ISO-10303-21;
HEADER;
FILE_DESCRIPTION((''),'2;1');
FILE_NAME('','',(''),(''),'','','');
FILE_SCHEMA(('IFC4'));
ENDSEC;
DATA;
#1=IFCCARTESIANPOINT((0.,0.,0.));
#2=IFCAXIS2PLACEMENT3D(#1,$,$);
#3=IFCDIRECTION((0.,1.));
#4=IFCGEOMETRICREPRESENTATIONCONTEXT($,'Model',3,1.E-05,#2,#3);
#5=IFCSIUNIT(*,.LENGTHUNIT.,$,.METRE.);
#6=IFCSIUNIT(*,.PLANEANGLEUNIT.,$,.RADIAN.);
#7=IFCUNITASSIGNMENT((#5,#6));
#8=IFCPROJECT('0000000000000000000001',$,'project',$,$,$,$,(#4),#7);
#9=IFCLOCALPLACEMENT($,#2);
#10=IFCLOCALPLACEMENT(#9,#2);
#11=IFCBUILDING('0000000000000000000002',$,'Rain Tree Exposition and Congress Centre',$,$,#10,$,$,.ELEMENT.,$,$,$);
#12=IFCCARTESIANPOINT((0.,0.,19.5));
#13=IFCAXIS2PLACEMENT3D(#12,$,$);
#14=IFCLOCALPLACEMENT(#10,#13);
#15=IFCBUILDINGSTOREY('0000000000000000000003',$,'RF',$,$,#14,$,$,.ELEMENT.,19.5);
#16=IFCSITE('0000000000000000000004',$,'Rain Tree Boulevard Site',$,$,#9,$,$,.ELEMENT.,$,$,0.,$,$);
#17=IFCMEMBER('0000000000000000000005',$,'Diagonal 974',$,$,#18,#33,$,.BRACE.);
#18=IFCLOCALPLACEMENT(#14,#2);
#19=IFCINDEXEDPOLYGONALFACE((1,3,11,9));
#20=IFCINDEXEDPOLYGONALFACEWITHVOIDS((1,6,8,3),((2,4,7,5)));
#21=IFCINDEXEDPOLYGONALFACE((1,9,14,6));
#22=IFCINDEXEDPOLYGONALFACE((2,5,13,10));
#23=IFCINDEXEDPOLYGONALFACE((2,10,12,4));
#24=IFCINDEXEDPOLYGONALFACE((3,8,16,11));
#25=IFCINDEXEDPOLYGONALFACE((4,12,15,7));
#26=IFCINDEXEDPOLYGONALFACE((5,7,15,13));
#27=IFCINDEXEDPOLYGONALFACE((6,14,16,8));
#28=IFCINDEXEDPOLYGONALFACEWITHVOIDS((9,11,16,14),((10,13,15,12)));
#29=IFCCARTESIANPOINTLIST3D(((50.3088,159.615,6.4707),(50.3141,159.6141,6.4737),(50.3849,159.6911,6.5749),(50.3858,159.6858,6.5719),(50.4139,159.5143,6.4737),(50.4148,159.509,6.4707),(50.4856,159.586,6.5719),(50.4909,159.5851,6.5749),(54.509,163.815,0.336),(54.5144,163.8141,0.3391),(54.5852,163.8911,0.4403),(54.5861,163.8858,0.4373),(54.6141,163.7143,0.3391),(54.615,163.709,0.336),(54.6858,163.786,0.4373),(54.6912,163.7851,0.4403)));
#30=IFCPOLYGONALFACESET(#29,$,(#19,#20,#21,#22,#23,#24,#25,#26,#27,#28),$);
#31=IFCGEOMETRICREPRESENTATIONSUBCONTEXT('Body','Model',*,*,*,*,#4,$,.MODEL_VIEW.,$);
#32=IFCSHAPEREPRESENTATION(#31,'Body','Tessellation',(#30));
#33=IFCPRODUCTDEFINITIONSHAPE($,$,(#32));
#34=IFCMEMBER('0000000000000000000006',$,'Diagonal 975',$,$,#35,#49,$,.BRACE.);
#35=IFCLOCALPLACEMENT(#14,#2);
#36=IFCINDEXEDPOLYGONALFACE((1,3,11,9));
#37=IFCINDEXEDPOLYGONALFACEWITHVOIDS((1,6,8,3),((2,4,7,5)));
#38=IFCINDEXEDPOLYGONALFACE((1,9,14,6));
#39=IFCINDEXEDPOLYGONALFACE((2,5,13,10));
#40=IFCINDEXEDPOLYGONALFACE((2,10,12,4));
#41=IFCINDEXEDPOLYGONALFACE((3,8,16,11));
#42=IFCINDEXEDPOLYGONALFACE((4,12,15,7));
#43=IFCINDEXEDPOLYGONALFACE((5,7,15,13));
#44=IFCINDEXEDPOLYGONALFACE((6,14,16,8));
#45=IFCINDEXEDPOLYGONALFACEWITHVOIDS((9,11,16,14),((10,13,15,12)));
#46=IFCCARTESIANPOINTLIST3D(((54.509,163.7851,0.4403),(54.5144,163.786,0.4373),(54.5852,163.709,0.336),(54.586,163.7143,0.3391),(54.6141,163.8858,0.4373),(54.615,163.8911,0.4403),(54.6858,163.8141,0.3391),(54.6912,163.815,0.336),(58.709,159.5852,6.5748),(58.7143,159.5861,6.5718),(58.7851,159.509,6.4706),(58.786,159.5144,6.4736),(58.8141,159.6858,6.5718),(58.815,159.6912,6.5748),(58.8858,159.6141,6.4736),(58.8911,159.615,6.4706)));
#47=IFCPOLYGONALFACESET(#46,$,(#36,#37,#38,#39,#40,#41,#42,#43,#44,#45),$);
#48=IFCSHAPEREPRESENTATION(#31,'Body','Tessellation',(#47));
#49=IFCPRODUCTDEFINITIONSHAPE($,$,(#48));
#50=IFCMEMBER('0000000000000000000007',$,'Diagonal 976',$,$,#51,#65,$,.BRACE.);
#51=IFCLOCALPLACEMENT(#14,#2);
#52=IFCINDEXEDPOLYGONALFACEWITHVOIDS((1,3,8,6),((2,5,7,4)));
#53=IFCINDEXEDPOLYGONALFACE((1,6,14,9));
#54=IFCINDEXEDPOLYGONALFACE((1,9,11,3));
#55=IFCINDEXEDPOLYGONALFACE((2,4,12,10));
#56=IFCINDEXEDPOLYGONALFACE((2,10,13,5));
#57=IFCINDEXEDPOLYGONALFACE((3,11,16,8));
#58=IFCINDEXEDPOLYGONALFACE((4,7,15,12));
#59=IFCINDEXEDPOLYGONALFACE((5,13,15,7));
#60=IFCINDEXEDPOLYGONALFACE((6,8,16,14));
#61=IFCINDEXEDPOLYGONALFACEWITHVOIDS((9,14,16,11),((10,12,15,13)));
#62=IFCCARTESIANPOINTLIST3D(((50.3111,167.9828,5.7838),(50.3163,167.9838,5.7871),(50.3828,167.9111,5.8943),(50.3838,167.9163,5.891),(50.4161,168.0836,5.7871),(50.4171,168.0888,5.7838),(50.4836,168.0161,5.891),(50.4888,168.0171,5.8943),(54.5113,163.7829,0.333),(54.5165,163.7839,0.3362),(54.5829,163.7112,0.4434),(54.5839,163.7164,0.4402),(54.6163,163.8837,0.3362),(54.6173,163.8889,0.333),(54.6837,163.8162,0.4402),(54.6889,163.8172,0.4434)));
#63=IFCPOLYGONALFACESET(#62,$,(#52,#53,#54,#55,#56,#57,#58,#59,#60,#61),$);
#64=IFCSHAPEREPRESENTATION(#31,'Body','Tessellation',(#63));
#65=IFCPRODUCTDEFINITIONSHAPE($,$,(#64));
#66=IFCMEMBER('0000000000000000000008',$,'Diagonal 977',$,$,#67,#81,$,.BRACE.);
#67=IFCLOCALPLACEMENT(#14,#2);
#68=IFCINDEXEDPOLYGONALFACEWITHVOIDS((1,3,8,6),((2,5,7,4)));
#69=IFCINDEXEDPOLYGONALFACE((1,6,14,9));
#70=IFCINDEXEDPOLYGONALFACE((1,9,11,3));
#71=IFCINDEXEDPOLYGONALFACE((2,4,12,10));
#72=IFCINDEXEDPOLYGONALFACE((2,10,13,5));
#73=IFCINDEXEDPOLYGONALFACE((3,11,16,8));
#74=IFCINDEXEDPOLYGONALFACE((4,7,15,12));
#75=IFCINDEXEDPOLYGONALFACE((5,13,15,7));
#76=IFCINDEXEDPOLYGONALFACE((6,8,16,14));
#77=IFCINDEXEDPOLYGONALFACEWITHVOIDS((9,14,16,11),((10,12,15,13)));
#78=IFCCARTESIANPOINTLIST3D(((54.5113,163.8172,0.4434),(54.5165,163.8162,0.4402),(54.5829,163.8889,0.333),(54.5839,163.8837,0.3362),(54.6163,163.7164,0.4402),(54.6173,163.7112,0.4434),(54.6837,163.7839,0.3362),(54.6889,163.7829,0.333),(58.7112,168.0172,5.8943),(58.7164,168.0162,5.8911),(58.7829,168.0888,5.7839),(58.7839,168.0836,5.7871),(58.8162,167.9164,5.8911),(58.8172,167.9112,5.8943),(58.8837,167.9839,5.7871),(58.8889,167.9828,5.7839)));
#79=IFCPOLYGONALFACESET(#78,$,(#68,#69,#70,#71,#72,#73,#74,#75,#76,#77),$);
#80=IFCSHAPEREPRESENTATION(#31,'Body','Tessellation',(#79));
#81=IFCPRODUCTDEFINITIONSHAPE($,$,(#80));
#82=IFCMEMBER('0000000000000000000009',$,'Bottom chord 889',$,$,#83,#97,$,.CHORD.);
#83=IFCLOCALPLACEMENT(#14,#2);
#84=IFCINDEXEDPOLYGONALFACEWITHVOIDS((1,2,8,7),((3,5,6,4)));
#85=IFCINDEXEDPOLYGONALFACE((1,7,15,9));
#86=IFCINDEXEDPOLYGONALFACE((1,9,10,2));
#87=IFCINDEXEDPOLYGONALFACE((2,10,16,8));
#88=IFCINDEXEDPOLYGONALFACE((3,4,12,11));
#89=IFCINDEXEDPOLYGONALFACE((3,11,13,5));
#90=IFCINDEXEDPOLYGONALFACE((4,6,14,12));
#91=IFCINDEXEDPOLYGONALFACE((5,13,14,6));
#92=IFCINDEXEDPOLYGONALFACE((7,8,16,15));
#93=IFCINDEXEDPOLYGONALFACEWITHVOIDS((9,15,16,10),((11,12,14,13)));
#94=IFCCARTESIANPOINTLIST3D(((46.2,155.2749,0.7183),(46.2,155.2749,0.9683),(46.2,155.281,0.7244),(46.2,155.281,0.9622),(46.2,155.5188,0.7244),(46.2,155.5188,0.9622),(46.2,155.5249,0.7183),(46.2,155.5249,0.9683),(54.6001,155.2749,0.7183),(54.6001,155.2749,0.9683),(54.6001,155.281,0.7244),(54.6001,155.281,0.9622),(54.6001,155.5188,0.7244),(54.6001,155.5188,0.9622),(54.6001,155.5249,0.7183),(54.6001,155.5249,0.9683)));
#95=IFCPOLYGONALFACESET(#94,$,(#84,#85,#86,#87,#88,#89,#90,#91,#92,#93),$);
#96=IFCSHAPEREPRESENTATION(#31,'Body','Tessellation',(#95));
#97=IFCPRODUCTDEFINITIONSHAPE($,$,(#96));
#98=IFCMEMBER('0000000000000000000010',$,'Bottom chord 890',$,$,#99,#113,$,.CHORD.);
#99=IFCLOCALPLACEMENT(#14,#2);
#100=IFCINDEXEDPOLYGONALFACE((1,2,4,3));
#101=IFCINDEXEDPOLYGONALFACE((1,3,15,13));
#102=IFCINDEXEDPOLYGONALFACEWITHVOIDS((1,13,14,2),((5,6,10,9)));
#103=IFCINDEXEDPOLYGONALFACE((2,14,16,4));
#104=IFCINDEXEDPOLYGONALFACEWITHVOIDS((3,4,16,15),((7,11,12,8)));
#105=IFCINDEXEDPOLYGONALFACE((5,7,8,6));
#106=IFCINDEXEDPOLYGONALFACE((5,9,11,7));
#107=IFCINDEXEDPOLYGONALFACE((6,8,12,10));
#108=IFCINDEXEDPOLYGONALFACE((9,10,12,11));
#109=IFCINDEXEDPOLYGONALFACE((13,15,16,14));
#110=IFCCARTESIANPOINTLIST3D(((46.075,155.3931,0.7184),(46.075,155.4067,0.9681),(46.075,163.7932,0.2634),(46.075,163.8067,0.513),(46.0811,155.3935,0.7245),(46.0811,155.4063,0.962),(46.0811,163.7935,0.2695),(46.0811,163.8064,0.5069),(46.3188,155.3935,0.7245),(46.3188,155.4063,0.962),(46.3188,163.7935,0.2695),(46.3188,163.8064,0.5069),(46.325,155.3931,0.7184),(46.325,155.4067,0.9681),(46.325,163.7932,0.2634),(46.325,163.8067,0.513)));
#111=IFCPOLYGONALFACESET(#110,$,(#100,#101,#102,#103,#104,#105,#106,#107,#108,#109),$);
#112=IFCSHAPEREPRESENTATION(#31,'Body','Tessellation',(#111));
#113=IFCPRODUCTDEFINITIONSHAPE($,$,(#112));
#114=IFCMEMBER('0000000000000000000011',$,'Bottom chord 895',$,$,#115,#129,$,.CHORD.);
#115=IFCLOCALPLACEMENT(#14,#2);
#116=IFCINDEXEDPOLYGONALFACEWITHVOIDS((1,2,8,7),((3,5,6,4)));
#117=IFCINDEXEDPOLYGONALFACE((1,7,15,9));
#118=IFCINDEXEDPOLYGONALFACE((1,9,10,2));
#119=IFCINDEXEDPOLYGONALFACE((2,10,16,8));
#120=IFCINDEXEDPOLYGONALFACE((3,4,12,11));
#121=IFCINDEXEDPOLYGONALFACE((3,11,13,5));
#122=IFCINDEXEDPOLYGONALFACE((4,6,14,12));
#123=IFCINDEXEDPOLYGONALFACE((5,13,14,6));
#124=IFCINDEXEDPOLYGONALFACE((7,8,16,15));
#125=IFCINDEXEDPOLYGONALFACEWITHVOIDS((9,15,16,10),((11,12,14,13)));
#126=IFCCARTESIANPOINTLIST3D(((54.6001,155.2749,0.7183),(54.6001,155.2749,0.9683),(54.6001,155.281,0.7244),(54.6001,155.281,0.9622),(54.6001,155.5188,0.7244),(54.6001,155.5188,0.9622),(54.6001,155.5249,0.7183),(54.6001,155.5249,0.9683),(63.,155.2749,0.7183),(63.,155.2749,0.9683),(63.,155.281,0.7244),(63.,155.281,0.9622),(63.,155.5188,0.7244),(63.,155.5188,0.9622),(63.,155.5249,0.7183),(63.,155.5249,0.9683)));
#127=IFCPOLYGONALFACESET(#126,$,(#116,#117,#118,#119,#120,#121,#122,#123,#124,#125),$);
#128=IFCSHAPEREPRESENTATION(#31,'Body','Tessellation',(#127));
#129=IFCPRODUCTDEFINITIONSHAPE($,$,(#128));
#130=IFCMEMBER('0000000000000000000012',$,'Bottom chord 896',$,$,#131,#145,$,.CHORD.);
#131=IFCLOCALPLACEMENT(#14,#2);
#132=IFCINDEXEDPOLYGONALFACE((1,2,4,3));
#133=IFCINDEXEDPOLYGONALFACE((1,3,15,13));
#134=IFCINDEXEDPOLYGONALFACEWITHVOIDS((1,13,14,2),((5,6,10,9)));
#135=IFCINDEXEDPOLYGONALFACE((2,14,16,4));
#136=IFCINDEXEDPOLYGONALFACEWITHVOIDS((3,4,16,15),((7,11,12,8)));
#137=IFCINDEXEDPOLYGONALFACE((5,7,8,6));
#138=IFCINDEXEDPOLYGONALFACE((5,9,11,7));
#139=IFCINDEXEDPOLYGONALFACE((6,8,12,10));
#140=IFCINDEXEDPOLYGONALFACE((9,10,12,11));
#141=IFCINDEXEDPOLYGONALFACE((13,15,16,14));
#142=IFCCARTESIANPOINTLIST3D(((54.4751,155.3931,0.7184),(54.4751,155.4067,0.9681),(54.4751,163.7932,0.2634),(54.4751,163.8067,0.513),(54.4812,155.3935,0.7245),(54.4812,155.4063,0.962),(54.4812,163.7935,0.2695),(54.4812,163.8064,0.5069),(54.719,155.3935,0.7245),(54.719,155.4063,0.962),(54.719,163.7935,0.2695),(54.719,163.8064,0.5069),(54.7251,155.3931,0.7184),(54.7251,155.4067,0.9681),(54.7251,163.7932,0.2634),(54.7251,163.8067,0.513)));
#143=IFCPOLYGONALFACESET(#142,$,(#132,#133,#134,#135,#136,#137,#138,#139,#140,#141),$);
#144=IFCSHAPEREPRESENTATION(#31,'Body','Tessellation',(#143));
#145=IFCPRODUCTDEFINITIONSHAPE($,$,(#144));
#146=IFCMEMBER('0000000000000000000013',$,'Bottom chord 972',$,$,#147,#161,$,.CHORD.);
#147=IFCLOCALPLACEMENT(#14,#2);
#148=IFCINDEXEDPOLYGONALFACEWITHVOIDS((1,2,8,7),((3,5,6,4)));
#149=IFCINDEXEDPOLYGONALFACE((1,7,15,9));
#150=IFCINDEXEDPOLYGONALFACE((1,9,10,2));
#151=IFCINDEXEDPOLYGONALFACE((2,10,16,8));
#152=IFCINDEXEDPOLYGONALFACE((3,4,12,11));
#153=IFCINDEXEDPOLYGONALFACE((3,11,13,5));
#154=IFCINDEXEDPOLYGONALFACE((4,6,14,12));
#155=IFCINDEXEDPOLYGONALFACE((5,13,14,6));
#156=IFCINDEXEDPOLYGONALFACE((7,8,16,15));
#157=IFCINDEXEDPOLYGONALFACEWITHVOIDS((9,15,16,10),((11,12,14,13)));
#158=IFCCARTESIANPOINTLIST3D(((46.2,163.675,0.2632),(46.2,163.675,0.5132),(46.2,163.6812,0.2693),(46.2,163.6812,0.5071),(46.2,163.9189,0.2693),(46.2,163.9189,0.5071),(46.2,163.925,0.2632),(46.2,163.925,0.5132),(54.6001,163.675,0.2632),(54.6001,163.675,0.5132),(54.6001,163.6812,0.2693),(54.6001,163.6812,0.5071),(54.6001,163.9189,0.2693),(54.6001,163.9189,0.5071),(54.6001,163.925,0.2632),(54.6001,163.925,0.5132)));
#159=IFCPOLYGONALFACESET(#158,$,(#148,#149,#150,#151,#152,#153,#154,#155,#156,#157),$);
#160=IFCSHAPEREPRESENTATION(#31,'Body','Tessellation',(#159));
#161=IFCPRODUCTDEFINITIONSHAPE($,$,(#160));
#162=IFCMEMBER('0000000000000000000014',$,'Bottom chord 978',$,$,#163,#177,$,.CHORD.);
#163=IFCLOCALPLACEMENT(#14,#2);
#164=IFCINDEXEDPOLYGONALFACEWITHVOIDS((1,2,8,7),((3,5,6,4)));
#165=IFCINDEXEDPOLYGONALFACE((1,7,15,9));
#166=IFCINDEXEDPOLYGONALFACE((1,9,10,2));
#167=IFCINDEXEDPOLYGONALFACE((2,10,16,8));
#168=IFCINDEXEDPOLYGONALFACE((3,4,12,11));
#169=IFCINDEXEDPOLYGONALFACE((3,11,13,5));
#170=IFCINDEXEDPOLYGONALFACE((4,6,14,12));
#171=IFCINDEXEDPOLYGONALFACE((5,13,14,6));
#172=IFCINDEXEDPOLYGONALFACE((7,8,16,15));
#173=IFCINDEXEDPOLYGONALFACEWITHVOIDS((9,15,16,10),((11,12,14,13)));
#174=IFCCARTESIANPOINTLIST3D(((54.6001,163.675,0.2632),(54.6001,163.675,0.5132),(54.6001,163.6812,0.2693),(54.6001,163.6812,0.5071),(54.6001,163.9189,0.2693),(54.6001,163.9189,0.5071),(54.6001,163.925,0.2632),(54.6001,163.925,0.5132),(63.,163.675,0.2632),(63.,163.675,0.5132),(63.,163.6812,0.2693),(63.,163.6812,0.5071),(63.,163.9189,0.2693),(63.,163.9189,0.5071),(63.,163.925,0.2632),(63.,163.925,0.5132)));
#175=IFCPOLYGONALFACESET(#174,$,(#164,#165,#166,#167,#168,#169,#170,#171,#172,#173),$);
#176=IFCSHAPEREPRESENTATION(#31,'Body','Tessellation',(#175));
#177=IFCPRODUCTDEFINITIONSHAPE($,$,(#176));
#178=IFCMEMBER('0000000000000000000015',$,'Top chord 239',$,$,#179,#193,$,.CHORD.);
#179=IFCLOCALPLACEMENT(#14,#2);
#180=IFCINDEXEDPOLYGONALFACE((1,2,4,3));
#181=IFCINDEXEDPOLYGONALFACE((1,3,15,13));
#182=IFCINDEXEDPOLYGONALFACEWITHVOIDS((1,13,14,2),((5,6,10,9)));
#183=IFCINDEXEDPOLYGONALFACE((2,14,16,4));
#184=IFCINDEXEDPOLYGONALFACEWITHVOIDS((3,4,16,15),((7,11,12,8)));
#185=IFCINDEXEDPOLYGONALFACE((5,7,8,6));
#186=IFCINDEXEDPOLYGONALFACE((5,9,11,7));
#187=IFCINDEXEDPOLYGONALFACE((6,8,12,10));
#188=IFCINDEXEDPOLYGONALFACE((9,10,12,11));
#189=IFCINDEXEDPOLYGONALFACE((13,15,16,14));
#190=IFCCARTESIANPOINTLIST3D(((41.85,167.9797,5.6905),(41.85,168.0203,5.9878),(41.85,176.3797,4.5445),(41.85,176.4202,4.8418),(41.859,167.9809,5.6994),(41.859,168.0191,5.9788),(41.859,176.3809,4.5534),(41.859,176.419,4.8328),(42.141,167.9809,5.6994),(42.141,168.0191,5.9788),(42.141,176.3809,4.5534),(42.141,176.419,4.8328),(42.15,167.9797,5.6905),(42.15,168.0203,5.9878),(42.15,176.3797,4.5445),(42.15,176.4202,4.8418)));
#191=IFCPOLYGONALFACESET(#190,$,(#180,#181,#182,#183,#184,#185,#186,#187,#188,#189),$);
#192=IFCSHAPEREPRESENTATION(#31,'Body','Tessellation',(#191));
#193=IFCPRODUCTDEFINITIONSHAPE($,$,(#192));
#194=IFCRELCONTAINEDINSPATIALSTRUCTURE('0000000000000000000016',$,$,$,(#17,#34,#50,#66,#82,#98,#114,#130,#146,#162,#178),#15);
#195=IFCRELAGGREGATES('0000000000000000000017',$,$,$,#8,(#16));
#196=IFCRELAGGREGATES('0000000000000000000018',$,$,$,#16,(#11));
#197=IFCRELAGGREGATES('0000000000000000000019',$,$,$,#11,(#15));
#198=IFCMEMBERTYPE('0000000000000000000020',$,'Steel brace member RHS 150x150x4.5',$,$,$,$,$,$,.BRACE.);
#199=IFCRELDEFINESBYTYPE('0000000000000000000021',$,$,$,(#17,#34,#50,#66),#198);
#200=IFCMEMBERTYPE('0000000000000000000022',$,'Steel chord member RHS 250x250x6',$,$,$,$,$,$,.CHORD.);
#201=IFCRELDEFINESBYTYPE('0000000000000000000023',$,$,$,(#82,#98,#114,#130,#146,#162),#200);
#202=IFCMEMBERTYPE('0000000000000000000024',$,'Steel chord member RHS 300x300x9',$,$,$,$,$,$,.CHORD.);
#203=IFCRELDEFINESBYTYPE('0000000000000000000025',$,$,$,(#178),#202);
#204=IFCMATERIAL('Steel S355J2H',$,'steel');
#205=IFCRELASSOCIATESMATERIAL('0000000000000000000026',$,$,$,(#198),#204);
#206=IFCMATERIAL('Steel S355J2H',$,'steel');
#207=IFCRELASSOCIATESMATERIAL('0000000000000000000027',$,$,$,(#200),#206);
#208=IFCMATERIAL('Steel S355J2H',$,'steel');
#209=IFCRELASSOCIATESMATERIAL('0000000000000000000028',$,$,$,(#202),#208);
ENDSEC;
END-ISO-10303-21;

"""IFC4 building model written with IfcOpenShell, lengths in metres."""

from ifc_helpers import new_model, si_unit, direction, frame, origin, origin_2d, place, context, subcontext, project, spatial, hollow_rectangle, extrude, material, material_profile, profile_set, type_object, element, save


model = new_model("IFC4")

# Units and contexts
model_context = context("Model", 3, precision=1e-05, world=origin(), true_north=direction((0.0, 1.0)))
body_context = subcontext(model_context, "Body", "Model", "MODEL_VIEW")
ifc_project = project(units=[si_unit("LENGTHUNIT", "METRE"), si_unit("PLANEANGLEUNIT", "RADIAN")], contexts=[model_context])

# Site, building, storey
site_placement = place(None, origin())
site = spatial("IfcSite", under=ifc_project, at=site_placement, Name="Rain Tree Boulevard Site", CompositionType="ELEMENT", RefElevation=0.0)
building_placement = place(site_placement, origin())
building = spatial("IfcBuilding", under=site, at=building_placement, Name="Rain Tree Exposition and Congress Centre", CompositionType="ELEMENT")
storey_placement = place(building_placement, frame((0.0, 0.0, 19.5)))
storey = spatial("IfcBuildingStorey", under=building, at=storey_placement, Name="RF", CompositionType="ELEMENT", Elevation=19.5)

# Members
ifc_material_1 = material(Name="Steel S355J2H", Category="steel")
ifc_material_profile_1 = material_profile(ifc_material_1, hollow_rectangle(XDim=0.1499, YDim=0.1499, WallThickness=0.0044, at=origin_2d()), Name="RHS 150x150x4.5")
ifc_profile_set_1 = profile_set([ifc_material_profile_1], Name="Steel S355J2H")
member_type_1 = type_object("IfcMemberType", Name="Steel brace member RHS 150x150x4.5", PredefinedType="BRACE", material=ifc_profile_set_1)
member_1_placement = place(storey_placement, frame((54.6001, 163.8, 0.3882), z_axis=(-0.491887, -0.491858, 0.718417), x_axis=(0.707086, -0.707127, 0.0)))
element("IfcMember", 1, at=member_1_placement, inside=storey, type_object=member_type_1, Name="Diagonal 974", PredefinedType="BRACE", context=body_context, shape_type="SweptSolid", body=[
    extrude(hollow_rectangle(XDim=0.1499, YDim=0.1499, WallThickness=0.0044, at=origin_2d()), origin(), (0.0, 0.0, 1.0), 8.5391),
])
member_2_placement = place(storey_placement, frame((54.6001, 163.8, 0.3882), z_axis=(0.491865, -0.491865, 0.718427), x_axis=(0.707107, 0.707107, 0.0)))
element("IfcMember", 2, at=member_2_placement, inside=storey, type_object=member_type_1, Name="Diagonal 975", PredefinedType="BRACE", context=body_context, shape_type="SweptSolid", body=[
    extrude(hollow_rectangle(XDim=0.1499, YDim=0.1499, WallThickness=0.0044, at=origin_2d()), origin(), (0.0, 0.0, 1.0), 8.5388),
])
for number, where, z_axis, x_axis, name in (
    (3, (54.6001, 163.8, 0.3882), (-0.520995, 0.520965, 0.676136), (-0.707086, -0.707127, 0.0), "Diagonal 976"),
    (4, (54.6001, 163.8, 0.3882), (0.520973, 0.520973, 0.676147), (-0.707107, 0.707107, 0.0), "Diagonal 977"),
):
    element("IfcMember", number, at=place(storey_placement, frame(where, z_axis=z_axis, x_axis=x_axis)), inside=storey, type_object=member_type_1, Name=name, PredefinedType="BRACE", context=body_context, shape_type="SweptSolid", body=[
        extrude(hollow_rectangle(XDim=0.1499, YDim=0.1499, WallThickness=0.0044, at=origin_2d()), origin(), (0.0, 0.0, 1.0), 8.0618),
    ])
ifc_material_2 = material(Name="Steel S355J2H", Category="steel")
ifc_material_profile_2 = material_profile(ifc_material_2, hollow_rectangle(XDim=0.25, YDim=0.25, WallThickness=0.0061, at=origin_2d()), Name="RHS 250x250x6")
ifc_profile_set_2 = profile_set([ifc_material_profile_2], Name="Steel S355J2H")
member_type_2 = type_object("IfcMemberType", Name="Steel chord member RHS 250x250x6", PredefinedType="CHORD", material=ifc_profile_set_2)
member_3_placement = place(storey_placement, frame((46.2, 155.3999, 0.8433), z_axis=(1.0, 0.0, 0.0), x_axis=(0.0, 1.0, 0.0)))
element("IfcMember", 5, at=member_3_placement, inside=storey, type_object=member_type_2, Name="Bottom chord 889", PredefinedType="CHORD", context=body_context, shape_type="SweptSolid", body=[
    extrude(hollow_rectangle(XDim=0.25, YDim=0.25, WallThickness=0.0061, at=origin_2d()), origin(), (0.0, 0.0, 1.0), 8.4001),
])
member_4_placement = place(storey_placement, frame((46.2, 155.3999, 0.8433), z_axis=(0.0, 0.998536, -0.054096), x_axis=(-1.0, 0.0, 0.0)))
element("IfcMember", 6, at=member_4_placement, inside=storey, type_object=member_type_2, Name="Bottom chord 890", PredefinedType="CHORD", context=body_context, shape_type="SweptSolid", body=[
    extrude(hollow_rectangle(XDim=0.25, YDim=0.25, WallThickness=0.0061, at=origin_2d()), origin(), (0.0, 0.0, 1.0), 8.4124),
])
member_5_placement = place(storey_placement, frame((54.6001, 155.3999, 0.8433), z_axis=(1.0, 0.0, 0.0), x_axis=(0.0, 1.0, 0.0)))
element("IfcMember", 7, at=member_5_placement, inside=storey, type_object=member_type_2, Name="Bottom chord 895", PredefinedType="CHORD", context=body_context, shape_type="SweptSolid", body=[
    extrude(hollow_rectangle(XDim=0.25, YDim=0.25, WallThickness=0.0061, at=origin_2d()), origin(), (0.0, 0.0, 1.0), 8.3999),
])
member_6_placement = place(storey_placement, frame((54.6001, 155.3999, 0.8433), z_axis=(0.0, 0.998536, -0.054096), x_axis=(-1.0, 0.0, 0.0)))
element("IfcMember", 8, at=member_6_placement, inside=storey, type_object=member_type_2, Name="Bottom chord 896", PredefinedType="CHORD", context=body_context, shape_type="SweptSolid", body=[
    extrude(hollow_rectangle(XDim=0.25, YDim=0.25, WallThickness=0.0061, at=origin_2d()), origin(), (0.0, 0.0, 1.0), 8.4124),
])
member_7_placement = place(storey_placement, frame((46.2, 163.8, 0.3882), z_axis=(1.0, 0.0, 0.0), x_axis=(0.0, 1.0, 0.0)))
element("IfcMember", 9, at=member_7_placement, inside=storey, type_object=member_type_2, Name="Bottom chord 972", PredefinedType="CHORD", context=body_context, shape_type="SweptSolid", body=[
    extrude(hollow_rectangle(XDim=0.25, YDim=0.25, WallThickness=0.0061, at=origin_2d()), origin(), (0.0, 0.0, 1.0), 8.4001),
])
member_8_placement = place(storey_placement, frame((54.6001, 163.8, 0.3882), z_axis=(1.0, 0.0, 0.0), x_axis=(0.0, 1.0, 0.0)))
element("IfcMember", 10, at=member_8_placement, inside=storey, type_object=member_type_2, Name="Bottom chord 978", PredefinedType="CHORD", context=body_context, shape_type="SweptSolid", body=[
    extrude(hollow_rectangle(XDim=0.25, YDim=0.25, WallThickness=0.0061, at=origin_2d()), origin(), (0.0, 0.0, 1.0), 8.3999),
])
ifc_material_3 = material(Name="Steel S355J2H", Category="steel")
ifc_material_profile_3 = material_profile(ifc_material_3, hollow_rectangle(XDim=0.3, YDim=0.3, WallThickness=0.009, at=origin_2d()), Name="RHS 300x300x9")
ifc_profile_set_3 = profile_set([ifc_material_profile_3], Name="Steel S355J2H")
member_type_3 = type_object("IfcMemberType", Name="Steel chord member RHS 300x300x9", PredefinedType="CHORD", material=ifc_profile_set_3)
member_9_placement = place(storey_placement, frame((42.0, 168.0, 5.8391), z_axis=(0.0, 0.990821, -0.135177), x_axis=(-1.0, 0.0, 0.0)))
element("IfcMember", 11, at=member_9_placement, inside=storey, type_object=member_type_3, Name="Top chord 239", PredefinedType="CHORD", context=body_context, shape_type="SweptSolid", body=[
    extrude(hollow_rectangle(XDim=0.3, YDim=0.3, WallThickness=0.009, at=origin_2d()), origin(), (0.0, 0.0, 1.0), 8.4778),
])

save(model, "model.ifc")
